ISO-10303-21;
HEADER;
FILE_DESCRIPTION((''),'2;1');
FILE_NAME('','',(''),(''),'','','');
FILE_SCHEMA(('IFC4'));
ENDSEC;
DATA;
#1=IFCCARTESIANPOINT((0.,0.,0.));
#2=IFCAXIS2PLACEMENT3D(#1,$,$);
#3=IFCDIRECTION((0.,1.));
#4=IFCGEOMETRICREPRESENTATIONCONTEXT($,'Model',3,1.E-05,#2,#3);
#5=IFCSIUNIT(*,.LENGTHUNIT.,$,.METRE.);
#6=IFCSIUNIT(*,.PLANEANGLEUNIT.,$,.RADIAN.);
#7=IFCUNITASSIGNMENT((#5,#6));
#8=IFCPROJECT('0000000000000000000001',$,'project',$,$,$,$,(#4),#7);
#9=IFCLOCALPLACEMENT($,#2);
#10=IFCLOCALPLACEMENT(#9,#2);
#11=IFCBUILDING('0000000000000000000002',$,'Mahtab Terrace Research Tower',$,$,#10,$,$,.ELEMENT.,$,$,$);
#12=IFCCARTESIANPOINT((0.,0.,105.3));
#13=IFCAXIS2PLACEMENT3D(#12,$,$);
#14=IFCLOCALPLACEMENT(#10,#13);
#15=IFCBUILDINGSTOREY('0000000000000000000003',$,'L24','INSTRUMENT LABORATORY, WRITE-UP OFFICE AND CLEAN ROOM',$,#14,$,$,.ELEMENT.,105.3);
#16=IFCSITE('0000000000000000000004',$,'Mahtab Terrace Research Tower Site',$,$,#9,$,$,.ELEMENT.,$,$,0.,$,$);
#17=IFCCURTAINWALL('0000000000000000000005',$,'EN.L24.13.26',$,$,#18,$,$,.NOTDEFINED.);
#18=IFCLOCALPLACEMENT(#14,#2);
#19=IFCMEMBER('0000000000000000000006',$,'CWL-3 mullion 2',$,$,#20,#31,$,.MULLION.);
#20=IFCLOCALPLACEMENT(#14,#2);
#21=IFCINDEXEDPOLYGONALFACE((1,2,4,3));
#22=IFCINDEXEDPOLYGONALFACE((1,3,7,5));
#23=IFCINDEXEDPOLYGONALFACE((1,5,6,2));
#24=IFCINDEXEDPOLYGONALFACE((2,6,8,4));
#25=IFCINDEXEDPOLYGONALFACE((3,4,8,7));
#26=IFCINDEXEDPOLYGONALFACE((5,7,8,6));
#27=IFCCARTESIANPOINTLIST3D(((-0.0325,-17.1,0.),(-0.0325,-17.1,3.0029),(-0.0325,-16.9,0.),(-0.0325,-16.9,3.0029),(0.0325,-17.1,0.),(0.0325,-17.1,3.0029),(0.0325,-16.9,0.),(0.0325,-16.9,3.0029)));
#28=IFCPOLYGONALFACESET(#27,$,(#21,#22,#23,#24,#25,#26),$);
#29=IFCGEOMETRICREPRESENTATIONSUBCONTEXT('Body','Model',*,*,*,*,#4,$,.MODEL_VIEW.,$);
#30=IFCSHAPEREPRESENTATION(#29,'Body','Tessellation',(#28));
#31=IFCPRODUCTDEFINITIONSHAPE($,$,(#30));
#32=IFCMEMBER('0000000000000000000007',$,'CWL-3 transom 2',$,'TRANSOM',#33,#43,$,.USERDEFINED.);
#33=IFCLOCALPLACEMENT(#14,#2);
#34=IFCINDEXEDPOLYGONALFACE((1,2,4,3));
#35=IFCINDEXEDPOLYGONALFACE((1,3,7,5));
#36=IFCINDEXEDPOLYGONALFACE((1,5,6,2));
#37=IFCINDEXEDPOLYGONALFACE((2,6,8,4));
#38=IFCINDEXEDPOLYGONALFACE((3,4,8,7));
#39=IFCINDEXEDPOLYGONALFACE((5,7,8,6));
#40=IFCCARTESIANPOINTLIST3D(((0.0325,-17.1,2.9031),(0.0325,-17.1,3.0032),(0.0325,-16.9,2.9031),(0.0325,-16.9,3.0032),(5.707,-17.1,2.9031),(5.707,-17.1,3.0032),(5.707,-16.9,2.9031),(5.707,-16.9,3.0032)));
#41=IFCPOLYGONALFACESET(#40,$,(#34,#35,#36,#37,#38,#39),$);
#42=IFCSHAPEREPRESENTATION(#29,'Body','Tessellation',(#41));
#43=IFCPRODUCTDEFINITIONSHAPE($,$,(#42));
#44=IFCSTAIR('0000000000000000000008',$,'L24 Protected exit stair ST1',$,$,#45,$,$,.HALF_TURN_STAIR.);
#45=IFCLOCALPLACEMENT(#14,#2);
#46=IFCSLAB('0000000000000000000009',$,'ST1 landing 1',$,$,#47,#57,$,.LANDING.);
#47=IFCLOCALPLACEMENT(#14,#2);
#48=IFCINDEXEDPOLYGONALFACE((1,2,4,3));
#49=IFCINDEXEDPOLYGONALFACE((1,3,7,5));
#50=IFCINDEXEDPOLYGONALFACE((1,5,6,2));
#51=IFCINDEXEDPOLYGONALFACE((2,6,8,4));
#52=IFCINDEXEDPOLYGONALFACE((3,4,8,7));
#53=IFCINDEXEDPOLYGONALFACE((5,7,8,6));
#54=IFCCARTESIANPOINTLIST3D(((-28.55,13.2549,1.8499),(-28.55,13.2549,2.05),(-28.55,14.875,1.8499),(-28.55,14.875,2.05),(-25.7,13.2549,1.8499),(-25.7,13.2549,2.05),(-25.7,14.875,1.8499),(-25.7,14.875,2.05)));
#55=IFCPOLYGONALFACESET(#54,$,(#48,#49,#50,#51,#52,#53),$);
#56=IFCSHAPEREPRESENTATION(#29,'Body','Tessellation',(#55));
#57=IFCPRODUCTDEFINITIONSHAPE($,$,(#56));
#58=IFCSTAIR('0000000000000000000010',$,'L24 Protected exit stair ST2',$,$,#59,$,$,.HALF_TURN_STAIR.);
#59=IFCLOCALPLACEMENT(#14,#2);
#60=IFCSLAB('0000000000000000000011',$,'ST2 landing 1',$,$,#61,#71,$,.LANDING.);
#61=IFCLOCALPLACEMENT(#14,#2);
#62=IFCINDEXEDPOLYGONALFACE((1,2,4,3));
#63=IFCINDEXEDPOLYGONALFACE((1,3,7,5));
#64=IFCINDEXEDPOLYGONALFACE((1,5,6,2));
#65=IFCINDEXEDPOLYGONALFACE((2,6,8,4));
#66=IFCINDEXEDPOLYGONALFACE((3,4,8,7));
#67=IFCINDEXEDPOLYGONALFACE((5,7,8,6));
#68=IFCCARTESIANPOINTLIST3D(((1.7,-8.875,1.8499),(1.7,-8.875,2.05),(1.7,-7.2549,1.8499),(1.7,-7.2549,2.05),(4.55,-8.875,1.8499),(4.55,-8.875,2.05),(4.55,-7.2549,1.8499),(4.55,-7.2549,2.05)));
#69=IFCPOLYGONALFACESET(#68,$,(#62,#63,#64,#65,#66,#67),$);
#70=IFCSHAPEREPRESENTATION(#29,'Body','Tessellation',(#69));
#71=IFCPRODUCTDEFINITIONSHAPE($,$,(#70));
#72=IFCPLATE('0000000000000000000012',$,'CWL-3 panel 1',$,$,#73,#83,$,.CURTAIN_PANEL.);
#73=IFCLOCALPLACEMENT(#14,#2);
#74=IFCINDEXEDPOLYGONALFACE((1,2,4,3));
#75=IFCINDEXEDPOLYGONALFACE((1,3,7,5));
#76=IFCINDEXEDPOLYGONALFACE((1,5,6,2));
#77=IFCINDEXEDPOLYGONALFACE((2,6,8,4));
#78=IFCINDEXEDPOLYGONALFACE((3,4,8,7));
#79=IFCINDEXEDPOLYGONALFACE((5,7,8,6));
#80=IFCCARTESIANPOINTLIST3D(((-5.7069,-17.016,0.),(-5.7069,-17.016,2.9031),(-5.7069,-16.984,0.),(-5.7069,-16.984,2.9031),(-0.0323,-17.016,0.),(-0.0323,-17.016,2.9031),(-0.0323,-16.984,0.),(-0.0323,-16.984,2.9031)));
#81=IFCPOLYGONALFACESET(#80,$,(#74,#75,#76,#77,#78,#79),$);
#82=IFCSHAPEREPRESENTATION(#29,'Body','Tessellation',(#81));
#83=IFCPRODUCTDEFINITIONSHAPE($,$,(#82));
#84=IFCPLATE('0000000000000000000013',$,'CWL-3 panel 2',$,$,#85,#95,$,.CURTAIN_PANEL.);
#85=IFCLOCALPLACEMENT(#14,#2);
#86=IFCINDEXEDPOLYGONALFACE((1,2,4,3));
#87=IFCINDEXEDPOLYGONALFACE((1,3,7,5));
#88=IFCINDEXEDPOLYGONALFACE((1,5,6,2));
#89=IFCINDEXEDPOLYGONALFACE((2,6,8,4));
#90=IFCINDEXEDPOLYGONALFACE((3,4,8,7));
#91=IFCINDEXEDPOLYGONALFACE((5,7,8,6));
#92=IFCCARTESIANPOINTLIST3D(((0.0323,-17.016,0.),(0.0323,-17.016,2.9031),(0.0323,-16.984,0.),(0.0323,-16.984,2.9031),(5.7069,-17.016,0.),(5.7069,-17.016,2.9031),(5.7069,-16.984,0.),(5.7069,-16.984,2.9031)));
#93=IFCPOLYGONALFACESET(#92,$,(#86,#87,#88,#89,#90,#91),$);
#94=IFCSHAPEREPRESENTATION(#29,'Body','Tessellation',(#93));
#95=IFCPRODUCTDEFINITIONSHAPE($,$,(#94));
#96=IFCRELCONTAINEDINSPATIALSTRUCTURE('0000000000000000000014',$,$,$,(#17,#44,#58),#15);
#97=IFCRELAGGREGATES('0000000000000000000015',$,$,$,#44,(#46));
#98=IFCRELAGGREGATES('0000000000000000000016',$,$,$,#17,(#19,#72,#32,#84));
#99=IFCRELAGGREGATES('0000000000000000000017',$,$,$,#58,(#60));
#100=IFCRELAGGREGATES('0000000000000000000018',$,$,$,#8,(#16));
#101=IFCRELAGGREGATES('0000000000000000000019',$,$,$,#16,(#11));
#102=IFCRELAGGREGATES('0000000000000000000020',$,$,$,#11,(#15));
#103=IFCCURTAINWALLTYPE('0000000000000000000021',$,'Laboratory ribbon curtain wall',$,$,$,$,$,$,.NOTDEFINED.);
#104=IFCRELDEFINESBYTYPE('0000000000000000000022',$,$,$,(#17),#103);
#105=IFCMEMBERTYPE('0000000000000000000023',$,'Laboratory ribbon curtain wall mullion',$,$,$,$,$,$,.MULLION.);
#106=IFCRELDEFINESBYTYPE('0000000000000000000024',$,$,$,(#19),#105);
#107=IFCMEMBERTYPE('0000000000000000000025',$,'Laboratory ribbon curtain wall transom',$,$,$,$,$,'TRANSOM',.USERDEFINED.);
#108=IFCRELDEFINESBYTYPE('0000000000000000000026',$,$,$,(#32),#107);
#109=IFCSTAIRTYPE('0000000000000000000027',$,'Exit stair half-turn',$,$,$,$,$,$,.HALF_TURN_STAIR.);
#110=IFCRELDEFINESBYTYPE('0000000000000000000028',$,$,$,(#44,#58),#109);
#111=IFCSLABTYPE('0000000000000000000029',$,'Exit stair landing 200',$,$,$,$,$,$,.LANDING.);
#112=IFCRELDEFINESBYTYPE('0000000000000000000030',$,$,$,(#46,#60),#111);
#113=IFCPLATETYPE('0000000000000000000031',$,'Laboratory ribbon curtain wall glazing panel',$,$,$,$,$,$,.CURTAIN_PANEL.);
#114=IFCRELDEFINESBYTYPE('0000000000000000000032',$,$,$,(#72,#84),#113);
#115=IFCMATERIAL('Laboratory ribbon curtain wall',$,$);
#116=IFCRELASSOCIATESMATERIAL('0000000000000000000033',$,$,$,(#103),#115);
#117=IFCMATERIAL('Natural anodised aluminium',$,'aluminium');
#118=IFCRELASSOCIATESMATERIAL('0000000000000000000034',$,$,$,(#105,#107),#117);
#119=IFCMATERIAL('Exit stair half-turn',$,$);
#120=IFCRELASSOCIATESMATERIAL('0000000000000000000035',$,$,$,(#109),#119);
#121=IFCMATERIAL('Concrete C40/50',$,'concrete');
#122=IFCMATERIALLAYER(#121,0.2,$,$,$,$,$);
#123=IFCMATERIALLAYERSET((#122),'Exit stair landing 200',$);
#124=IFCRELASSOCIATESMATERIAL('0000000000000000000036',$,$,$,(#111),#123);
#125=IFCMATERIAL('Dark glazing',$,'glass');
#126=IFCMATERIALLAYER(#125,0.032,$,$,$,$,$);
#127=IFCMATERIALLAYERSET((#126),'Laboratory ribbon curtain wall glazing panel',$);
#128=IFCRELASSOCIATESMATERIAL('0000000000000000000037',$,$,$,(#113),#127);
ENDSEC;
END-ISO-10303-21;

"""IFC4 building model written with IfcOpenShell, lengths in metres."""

from ifc_helpers import new_model, si_unit, direction, frame, origin, origin_2d, place, context, subcontext, project, spatial, polyline, rectangle, outline, extrude, material, layer, layer_set, material_profile, profile_set, type_object, element, aggregate, save


model = new_model("IFC4")

# Units and contexts
model_context = context("Model", 3, precision=1e-05, world=origin(), true_north=direction((0.0, 1.0)))
body_context = subcontext(model_context, "Body", "Model", "MODEL_VIEW")
ifc_project = project(units=[si_unit("LENGTHUNIT", "METRE"), si_unit("PLANEANGLEUNIT", "RADIAN")], contexts=[model_context])

# Site, building, storey
site_placement = place(None, origin())
site = spatial("IfcSite", under=ifc_project, at=site_placement, Name="Mahtab Terrace Research Tower Site", CompositionType="ELEMENT", RefElevation=0.0)
building_placement = place(site_placement, origin())
building = spatial("IfcBuilding", under=site, at=building_placement, Name="Mahtab Terrace Research Tower", CompositionType="ELEMENT")
storey_placement = place(building_placement, frame((0.0, 0.0, 105.3)))
storey = spatial("IfcBuildingStorey", under=building, at=storey_placement, Name="L24", Description="INSTRUMENT LABORATORY, WRITE-UP OFFICE AND CLEAN ROOM", CompositionType="ELEMENT", Elevation=105.3)

# Curtain wall, members
ifc_material_1 = material(Name="Laboratory ribbon curtain wall")
curtain_wall_type = type_object("IfcCurtainWallType", Name="Laboratory ribbon curtain wall", PredefinedType="NOTDEFINED", material=ifc_material_1)
curtain_wall_placement = place(storey_placement, origin())
curtain_wall = element("IfcCurtainWall", 1, at=curtain_wall_placement, inside=storey, type_object=curtain_wall_type, Name="EN.L24.13.26", PredefinedType="NOTDEFINED")
ifc_material_2 = material(Name="Natural anodised aluminium", Category="aluminium")
ifc_material_profile_1 = material_profile(ifc_material_2, rectangle(XDim=0.2, YDim=0.0649, at=origin_2d()), Name="MULLION 65x200")
ifc_profile_set_1 = profile_set([ifc_material_profile_1], Name="Natural anodised aluminium")
member_type_1 = type_object("IfcMemberType", Name="Laboratory ribbon curtain wall mullion", PredefinedType="MULLION", material=ifc_profile_set_1)
member_1_placement = place(storey_placement, frame((0.0, -17.0, 0.0), z_axis=(0.0, 0.0, 1.0), x_axis=(0.0, 1.0, 0.0)))
member_1 = element("IfcMember", 2, at=member_1_placement, type_object=member_type_1, Name="CWL-3 mullion 2", PredefinedType="MULLION", context=body_context, shape_type="SweptSolid", body=[
    extrude(rectangle(XDim=0.2, YDim=0.0649, at=origin_2d()), origin(), (0.0, 0.0, 1.0), 3.0029),
])
ifc_material_profile_2 = material_profile(ifc_material_2, rectangle(XDim=0.2, YDim=0.1001, at=origin_2d()), Name="TRANSOM 100x200")
ifc_profile_set_2 = profile_set([ifc_material_profile_2], Name="Natural anodised aluminium")
member_type_2 = type_object("IfcMemberType", Name="Laboratory ribbon curtain wall transom", ElementType="TRANSOM", PredefinedType="USERDEFINED", material=ifc_profile_set_2)
member_2_placement = place(storey_placement, frame((0.0325, -17.0, 2.9531), z_axis=(1.0, 0.0, 0.0), x_axis=(0.0, 1.0, 0.0)))
member_2 = element("IfcMember", 3, at=member_2_placement, type_object=member_type_2, Name="CWL-3 transom 2", ObjectType="TRANSOM", PredefinedType="USERDEFINED", context=body_context, shape_type="SweptSolid", body=[
    extrude(rectangle(XDim=0.2, YDim=0.1001, at=origin_2d()), origin(), (0.0, 0.0, 1.0), 5.6746),
])

# Stairs, slabs
ifc_material_3 = material(Name="Exit stair half-turn")
stair_type = type_object("IfcStairType", Name="Exit stair half-turn", PredefinedType="HALF_TURN_STAIR", material=ifc_material_3)
stair_1_placement = place(storey_placement, origin())
stair_1 = element("IfcStair", 4, at=stair_1_placement, inside=storey, type_object=stair_type, Name="L24 Protected exit stair ST1", PredefinedType="HALF_TURN_STAIR")
ifc_material_4 = material(Name="Concrete C40/50", Category="concrete")
ifc_layer_1 = layer(ifc_material_4, 0.2)
ifc_layer_set_1 = layer_set([ifc_layer_1], Name="Exit stair landing 200")
slab_type_1 = type_object("IfcSlabType", Name="Exit stair landing 200", PredefinedType="LANDING", material=ifc_layer_set_1)
slab_1_placement = place(storey_placement, frame((0.0, 0.0, 1.8499)))
slab_1 = element("IfcSlab", 5, at=slab_1_placement, type_object=slab_type_1, Name="ST1 landing 1", PredefinedType="LANDING", context=body_context, shape_type="SweptSolid", body=[
    extrude(outline(polyline([(-25.7, 13.2549), (-25.7, 14.875), (-28.55, 14.875), (-28.55, 13.2549), (-25.7, 13.2549)])), origin(), (0.0, 0.0, 1.0), 0.2002),
])
aggregate(stair_1, [slab_1])
stair_2_placement = place(storey_placement, origin())
stair_2 = element("IfcStair", 6, at=stair_2_placement, inside=storey, type_object=stair_type, Name="L24 Protected exit stair ST2", PredefinedType="HALF_TURN_STAIR")
slab_2_placement = place(storey_placement, frame((0.0, 0.0, 1.8499)))
slab_2 = element("IfcSlab", 7, at=slab_2_placement, type_object=slab_type_1, Name="ST2 landing 1", PredefinedType="LANDING", context=body_context, shape_type="SweptSolid", body=[
    extrude(outline(polyline([(1.7, -7.2549), (1.7, -8.875), (4.55, -8.875), (4.55, -7.2549), (1.7, -7.2549)])), origin(), (0.0, 0.0, 1.0), 0.2002),
])

# Plates
ifc_material_5 = material(Name="Dark glazing", Category="glass")
ifc_layer_2 = layer(ifc_material_5, 0.032)
ifc_layer_set_2 = layer_set([ifc_layer_2], Name="Laboratory ribbon curtain wall glazing panel")
plate_type = type_object("IfcPlateType", Name="Laboratory ribbon curtain wall glazing panel", PredefinedType="CURTAIN_PANEL", material=ifc_layer_set_2)
plate_1_placement = place(storey_placement, frame((-2.8696, -17.0, 0.0), z_axis=(0.0, 0.0, 1.0), x_axis=(1.0, 0.0, 0.0)))
plate_1 = element("IfcPlate", 8, at=plate_1_placement, type_object=plate_type, Name="CWL-3 panel 1", PredefinedType="CURTAIN_PANEL", context=body_context, shape_type="SweptSolid", body=[
    extrude(rectangle(XDim=5.6746, YDim=0.032, at=origin_2d()), origin(), (0.0, 0.0, 1.0), 2.9031),
])
plate_2_placement = place(storey_placement, frame((2.8696, -17.0, 0.0), z_axis=(0.0, 0.0, 1.0), x_axis=(1.0, 0.0, 0.0)))
plate_2 = element("IfcPlate", 9, at=plate_2_placement, type_object=plate_type, Name="CWL-3 panel 2", PredefinedType="CURTAIN_PANEL", context=body_context, shape_type="SweptSolid", body=[
    extrude(rectangle(XDim=5.6746, YDim=0.032, at=origin_2d()), origin(), (0.0, 0.0, 1.0), 2.9031),
])
aggregate(curtain_wall, [member_1, plate_1, member_2, plate_2])

aggregate(stair_2, [slab_2])

save(model, "model.ifc")
